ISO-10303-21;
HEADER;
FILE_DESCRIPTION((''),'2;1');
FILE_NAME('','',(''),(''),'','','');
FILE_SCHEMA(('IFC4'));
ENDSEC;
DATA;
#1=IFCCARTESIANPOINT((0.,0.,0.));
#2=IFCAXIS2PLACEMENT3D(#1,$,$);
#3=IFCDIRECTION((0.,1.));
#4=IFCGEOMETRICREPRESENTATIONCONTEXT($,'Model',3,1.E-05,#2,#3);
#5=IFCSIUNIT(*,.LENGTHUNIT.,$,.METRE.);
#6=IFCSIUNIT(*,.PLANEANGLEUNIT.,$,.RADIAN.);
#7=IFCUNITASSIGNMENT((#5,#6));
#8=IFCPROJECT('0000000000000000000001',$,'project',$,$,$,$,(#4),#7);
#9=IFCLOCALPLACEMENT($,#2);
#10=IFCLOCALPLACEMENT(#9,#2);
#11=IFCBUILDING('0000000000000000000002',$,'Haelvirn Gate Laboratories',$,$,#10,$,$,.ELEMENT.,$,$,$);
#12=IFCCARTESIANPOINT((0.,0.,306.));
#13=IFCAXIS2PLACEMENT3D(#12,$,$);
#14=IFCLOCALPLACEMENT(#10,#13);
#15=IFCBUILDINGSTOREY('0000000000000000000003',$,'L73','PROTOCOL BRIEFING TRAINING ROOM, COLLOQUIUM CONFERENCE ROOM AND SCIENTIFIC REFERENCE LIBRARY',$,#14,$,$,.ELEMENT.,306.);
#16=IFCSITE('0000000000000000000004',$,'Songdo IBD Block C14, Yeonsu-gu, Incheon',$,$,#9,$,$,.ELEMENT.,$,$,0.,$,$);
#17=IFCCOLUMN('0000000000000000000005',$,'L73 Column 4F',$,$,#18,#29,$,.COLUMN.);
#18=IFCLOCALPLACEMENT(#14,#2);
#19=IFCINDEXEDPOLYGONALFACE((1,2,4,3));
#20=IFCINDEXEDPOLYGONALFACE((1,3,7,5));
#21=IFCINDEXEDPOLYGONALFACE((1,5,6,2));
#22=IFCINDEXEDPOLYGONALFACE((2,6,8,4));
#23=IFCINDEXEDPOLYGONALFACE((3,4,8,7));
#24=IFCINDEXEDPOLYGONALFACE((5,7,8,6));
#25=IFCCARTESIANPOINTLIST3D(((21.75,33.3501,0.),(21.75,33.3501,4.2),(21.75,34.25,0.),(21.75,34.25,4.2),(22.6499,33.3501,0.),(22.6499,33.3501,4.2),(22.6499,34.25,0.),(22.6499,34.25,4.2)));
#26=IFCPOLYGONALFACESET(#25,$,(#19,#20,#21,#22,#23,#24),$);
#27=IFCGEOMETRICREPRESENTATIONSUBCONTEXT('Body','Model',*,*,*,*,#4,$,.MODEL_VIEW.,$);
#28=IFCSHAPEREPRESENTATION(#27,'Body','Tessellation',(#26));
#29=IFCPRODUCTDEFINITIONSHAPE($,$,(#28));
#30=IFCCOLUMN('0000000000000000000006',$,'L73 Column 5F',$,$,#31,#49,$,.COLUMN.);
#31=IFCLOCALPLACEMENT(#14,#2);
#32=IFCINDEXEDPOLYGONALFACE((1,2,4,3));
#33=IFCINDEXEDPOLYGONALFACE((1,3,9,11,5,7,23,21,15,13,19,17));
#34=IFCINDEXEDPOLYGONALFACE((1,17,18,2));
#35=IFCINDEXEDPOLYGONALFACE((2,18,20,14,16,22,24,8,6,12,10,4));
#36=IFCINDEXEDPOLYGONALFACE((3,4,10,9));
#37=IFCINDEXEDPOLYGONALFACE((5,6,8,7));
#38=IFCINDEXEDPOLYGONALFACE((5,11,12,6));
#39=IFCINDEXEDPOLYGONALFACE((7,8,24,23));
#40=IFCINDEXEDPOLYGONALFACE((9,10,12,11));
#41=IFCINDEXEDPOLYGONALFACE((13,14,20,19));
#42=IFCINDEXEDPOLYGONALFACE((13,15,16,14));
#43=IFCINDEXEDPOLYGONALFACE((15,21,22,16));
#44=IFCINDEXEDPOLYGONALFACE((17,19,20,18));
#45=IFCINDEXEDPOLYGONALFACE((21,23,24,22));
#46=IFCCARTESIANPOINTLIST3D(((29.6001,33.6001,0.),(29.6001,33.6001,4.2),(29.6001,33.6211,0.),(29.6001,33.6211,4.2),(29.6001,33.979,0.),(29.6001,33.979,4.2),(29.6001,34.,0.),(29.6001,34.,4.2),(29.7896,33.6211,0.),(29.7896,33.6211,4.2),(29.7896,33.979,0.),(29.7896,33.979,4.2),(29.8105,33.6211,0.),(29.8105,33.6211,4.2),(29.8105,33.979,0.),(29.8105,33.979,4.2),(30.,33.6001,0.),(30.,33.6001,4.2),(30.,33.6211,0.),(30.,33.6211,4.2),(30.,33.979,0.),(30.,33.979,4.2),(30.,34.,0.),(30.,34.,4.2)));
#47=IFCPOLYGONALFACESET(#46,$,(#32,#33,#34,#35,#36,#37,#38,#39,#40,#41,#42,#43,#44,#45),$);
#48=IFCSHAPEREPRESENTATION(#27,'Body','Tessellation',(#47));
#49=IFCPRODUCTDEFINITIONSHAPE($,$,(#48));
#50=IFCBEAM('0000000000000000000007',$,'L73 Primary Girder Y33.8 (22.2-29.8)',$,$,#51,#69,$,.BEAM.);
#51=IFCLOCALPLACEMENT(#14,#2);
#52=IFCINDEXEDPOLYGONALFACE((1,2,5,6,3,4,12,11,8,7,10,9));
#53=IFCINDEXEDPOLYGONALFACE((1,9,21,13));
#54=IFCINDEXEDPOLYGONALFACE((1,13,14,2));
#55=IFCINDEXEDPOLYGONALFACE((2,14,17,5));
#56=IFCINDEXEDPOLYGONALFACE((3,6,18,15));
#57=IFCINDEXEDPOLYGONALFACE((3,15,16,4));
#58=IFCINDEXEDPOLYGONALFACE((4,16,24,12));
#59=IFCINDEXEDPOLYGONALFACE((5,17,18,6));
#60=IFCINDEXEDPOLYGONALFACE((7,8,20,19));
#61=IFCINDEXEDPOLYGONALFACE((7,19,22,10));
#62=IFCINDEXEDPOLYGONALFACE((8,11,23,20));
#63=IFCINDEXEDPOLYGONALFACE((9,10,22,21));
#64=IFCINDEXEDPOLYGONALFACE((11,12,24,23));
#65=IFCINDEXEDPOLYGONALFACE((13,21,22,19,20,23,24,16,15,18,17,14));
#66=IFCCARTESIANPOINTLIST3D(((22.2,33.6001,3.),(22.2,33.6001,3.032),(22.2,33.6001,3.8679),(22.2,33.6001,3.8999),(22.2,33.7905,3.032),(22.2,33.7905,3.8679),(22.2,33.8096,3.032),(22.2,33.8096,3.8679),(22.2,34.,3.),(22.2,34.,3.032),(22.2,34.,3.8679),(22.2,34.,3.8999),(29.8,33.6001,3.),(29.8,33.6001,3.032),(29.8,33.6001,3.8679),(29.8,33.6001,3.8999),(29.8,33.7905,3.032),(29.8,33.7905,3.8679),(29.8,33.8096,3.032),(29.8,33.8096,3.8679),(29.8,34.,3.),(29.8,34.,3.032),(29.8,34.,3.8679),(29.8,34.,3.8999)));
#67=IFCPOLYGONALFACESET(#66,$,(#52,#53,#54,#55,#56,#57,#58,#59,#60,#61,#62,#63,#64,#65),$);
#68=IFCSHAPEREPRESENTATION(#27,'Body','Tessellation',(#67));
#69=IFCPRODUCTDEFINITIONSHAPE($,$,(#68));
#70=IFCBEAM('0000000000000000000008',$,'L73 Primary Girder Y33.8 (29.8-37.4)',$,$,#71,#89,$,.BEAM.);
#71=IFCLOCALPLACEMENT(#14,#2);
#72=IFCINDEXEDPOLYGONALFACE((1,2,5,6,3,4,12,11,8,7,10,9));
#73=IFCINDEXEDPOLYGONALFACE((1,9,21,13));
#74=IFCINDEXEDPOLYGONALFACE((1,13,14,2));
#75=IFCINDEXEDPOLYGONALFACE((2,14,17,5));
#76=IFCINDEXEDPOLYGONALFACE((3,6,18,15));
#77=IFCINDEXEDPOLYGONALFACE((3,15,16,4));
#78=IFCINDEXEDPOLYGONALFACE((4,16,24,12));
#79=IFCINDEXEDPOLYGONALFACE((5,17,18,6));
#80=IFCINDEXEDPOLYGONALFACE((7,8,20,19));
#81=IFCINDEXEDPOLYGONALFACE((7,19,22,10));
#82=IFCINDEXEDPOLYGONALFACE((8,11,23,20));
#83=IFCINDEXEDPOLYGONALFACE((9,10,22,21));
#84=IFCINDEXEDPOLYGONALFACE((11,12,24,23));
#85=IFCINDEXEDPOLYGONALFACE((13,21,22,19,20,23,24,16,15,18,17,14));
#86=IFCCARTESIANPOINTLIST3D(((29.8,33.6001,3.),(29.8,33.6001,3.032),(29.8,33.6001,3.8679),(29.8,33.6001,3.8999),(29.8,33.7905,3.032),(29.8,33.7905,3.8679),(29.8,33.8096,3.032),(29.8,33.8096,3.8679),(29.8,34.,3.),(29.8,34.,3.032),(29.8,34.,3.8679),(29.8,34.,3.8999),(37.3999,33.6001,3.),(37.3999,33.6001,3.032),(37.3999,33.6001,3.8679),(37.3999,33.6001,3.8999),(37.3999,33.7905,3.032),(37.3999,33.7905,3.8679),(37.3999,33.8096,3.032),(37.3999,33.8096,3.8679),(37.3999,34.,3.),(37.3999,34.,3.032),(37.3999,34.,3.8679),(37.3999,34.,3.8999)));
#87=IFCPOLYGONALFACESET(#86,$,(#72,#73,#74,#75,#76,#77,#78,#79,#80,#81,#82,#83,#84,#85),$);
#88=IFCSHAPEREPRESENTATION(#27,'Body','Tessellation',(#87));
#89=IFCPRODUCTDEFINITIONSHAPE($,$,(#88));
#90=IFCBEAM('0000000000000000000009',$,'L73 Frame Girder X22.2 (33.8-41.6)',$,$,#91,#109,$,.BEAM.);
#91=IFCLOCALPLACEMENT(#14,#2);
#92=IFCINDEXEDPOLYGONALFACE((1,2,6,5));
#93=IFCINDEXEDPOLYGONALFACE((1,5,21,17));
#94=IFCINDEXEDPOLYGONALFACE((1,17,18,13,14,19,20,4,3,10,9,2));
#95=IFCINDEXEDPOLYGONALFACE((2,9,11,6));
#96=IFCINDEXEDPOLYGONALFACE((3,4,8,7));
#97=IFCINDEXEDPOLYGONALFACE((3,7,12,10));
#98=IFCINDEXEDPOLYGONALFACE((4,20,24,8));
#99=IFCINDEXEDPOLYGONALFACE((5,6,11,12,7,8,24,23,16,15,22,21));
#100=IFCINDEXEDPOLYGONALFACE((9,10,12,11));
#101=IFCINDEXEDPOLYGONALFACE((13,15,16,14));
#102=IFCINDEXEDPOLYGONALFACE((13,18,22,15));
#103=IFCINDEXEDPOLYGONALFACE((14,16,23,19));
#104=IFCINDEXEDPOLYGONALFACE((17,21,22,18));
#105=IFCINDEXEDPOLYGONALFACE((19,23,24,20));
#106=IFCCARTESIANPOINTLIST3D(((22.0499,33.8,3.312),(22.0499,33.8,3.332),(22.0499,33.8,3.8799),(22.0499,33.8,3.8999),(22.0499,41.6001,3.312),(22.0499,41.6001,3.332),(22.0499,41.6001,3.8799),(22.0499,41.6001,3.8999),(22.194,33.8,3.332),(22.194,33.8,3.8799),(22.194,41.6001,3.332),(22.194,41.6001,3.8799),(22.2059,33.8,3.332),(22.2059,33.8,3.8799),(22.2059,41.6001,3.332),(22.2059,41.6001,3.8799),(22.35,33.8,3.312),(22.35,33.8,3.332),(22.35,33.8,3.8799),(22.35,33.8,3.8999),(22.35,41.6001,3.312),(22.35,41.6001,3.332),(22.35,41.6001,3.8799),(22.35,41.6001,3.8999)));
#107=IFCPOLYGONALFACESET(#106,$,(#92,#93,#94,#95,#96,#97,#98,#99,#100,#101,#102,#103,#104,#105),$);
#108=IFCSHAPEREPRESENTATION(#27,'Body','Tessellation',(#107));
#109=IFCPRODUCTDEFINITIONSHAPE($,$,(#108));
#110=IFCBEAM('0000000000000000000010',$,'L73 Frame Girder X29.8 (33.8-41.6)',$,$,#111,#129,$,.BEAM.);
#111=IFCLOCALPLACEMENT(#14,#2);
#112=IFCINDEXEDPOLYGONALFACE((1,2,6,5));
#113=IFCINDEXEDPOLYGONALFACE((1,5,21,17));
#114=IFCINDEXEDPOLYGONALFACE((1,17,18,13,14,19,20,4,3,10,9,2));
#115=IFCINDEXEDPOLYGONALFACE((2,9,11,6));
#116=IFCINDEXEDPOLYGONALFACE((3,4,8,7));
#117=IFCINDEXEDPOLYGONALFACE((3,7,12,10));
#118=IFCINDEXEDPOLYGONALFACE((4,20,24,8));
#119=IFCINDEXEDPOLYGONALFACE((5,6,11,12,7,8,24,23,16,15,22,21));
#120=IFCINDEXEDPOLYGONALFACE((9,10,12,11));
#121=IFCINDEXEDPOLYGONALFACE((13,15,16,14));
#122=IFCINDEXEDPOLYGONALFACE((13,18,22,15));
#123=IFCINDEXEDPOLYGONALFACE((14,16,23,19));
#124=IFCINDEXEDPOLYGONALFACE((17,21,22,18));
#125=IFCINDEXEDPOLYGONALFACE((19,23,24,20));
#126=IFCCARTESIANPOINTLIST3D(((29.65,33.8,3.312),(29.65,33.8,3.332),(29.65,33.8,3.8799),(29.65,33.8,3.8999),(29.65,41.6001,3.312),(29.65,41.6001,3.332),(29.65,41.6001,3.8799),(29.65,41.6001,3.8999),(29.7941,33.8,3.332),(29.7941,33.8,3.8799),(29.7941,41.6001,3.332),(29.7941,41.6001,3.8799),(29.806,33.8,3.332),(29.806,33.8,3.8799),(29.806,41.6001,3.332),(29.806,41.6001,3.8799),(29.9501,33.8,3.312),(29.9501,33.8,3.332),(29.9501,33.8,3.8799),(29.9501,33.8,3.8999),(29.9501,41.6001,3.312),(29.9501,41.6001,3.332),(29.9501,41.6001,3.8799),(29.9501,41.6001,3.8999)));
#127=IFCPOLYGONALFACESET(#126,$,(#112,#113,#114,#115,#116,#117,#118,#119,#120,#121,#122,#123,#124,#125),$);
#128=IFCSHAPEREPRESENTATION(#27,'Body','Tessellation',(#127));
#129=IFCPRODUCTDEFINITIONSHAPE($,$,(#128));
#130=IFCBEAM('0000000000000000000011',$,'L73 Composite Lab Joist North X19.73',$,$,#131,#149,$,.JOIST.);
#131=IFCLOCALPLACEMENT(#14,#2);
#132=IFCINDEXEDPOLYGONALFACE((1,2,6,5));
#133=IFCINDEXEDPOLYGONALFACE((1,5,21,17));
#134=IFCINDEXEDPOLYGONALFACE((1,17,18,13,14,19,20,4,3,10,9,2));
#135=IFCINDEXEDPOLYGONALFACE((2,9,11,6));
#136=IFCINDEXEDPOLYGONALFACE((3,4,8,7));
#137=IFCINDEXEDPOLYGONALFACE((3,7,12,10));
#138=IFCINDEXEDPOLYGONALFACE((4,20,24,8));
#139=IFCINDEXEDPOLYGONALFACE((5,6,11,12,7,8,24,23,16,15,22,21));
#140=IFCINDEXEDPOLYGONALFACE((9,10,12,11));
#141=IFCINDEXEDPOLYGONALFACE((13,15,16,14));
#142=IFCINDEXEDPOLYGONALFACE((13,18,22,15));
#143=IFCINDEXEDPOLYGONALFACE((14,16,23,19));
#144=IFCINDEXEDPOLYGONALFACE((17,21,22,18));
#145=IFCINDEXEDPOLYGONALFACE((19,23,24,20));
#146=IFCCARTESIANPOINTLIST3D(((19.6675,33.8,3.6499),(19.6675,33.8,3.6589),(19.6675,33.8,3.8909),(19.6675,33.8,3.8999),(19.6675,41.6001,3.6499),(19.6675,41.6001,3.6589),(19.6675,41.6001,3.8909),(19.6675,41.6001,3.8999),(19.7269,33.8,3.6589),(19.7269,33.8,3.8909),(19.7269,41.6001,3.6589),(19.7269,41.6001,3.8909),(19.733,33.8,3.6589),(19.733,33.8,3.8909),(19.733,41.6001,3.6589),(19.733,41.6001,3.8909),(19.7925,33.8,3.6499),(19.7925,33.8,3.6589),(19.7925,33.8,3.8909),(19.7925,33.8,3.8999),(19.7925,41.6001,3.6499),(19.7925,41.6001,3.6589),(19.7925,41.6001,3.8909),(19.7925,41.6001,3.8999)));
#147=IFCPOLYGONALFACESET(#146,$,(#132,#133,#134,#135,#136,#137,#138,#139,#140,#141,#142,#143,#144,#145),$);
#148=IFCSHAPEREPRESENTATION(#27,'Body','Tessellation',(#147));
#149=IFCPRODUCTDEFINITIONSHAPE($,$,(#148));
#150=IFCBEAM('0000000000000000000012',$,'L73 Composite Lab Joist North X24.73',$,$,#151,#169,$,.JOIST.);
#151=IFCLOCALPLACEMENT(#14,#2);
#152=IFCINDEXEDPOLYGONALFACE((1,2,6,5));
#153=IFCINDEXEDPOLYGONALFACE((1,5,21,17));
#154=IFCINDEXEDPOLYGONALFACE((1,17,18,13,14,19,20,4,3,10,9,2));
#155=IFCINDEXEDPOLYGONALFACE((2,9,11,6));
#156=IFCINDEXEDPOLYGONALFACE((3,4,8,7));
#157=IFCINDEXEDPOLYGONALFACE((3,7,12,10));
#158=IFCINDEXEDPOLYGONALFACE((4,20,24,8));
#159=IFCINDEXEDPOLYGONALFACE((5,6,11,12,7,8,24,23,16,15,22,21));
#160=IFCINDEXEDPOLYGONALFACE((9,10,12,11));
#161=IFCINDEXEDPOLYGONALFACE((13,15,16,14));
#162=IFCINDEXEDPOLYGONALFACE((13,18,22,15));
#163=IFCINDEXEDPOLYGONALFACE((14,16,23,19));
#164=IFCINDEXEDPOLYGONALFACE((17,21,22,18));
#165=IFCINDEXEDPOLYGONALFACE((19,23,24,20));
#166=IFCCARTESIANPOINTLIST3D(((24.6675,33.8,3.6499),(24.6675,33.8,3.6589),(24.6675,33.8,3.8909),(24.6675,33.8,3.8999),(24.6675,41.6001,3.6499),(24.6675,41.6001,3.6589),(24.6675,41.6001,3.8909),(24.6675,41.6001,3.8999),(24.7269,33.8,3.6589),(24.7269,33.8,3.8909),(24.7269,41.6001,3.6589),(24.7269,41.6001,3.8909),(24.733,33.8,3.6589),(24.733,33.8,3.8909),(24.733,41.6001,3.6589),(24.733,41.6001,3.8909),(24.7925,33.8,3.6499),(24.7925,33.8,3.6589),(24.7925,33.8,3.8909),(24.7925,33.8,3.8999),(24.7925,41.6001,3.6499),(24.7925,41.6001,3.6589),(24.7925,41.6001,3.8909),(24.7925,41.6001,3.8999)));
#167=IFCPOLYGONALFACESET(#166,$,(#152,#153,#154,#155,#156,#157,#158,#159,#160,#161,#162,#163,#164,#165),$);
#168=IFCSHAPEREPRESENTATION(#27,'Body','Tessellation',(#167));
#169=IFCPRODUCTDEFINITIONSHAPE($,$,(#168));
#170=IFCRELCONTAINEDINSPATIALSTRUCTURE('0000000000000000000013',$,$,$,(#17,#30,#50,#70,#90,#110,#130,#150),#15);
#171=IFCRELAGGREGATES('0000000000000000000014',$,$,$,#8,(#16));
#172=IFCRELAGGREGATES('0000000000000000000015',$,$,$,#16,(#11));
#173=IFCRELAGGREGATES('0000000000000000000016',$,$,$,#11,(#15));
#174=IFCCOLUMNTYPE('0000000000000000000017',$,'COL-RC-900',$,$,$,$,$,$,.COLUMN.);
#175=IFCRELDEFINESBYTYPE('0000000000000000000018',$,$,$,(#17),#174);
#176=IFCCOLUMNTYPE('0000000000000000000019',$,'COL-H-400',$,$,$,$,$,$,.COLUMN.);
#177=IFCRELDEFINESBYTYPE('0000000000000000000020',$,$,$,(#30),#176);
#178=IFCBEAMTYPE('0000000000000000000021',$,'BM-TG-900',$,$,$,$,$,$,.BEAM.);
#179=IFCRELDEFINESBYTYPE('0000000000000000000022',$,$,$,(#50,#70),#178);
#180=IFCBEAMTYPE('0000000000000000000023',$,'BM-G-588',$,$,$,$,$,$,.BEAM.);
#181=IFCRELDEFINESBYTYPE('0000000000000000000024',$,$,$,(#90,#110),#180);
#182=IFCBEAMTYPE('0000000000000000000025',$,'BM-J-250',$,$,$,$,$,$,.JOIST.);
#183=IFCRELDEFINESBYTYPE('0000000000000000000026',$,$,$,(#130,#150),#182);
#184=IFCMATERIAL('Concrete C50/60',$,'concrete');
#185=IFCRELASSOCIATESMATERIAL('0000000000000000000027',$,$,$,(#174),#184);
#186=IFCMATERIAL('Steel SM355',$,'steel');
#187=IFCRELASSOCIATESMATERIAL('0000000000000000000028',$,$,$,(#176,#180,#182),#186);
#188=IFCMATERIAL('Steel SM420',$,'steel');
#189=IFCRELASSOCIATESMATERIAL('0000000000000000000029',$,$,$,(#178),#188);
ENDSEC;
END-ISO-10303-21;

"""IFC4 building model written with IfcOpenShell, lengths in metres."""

from ifc_helpers import new_model, si_unit, direction, frame, origin, origin_2d, place, context, subcontext, project, spatial, rectangle, i_section, extrude, source, transform, mapped, material, material_profile, profile_set, type_object, type_shapes, element, save


model = new_model("IFC4")

# Units and contexts
model_context = context("Model", 3, precision=1e-05, world=origin(), true_north=direction((0.0, 1.0)))
body_context = subcontext(model_context, "Body", "Model", "MODEL_VIEW")
ifc_project = project(units=[si_unit("LENGTHUNIT", "METRE"), si_unit("PLANEANGLEUNIT", "RADIAN")], contexts=[model_context])

# Site, building, storey
site_placement = place(None, origin())
site = spatial("IfcSite", under=ifc_project, at=site_placement, Name="Songdo IBD Block C14, Yeonsu-gu, Incheon", CompositionType="ELEMENT", RefElevation=0.0)
building_placement = place(site_placement, origin())
building = spatial("IfcBuilding", under=site, at=building_placement, Name="Haelvirn Gate Laboratories", CompositionType="ELEMENT")
storey_placement = place(building_placement, frame((0.0, 0.0, 306.0)))
storey = spatial("IfcBuildingStorey", under=building, at=storey_placement, Name="L73", Description="PROTOCOL BRIEFING TRAINING ROOM, COLLOQUIUM CONFERENCE ROOM AND SCIENTIFIC REFERENCE LIBRARY", CompositionType="ELEMENT", Elevation=306.0)

# Columns
ifc_material_1 = material(Name="Concrete C50/60", Category="concrete")
ifc_material_profile_1 = material_profile(ifc_material_1, rectangle(XDim=0.8999, YDim=0.8999, at=origin_2d()), Name="RC-900x900")
ifc_profile_set_1 = profile_set([ifc_material_profile_1], Name="Concrete C50/60")
column_type_1 = type_object("IfcColumnType", Name="COL-RC-900", PredefinedType="COLUMN", material=ifc_profile_set_1)
shared_shape_1 = source(origin(), body_context, "Body", "SweptSolid", [
    extrude(rectangle(XDim=0.8999, YDim=0.8999, at=origin_2d()), origin(), (0.0, 0.0, 1.0), 4.2),
])
type_shapes(column_type_1, [shared_shape_1])
column_1_placement = place(storey_placement, frame((22.2, 33.8, 0.0), z_axis=(0.0, 0.0, 1.0), x_axis=(1.0, 0.0, 0.0)))
element("IfcColumn", 1, at=column_1_placement, inside=storey, type_object=column_type_1, Name="L73 Column 4F", PredefinedType="COLUMN", context=body_context, shape_type="MappedRepresentation", body=[
    mapped(shared_shape_1, transform((0.0, 0.0, 0.0), scale=1.0)),
])
ifc_material_2 = material(Name="Steel SM355", Category="steel")
ifc_material_profile_2 = material_profile(ifc_material_2, i_section(OverallWidth=0.3999, OverallDepth=0.3999, WebThickness=0.021, FlangeThickness=0.021, at=origin_2d()), Name="H-400x400x21x21")
ifc_profile_set_2 = profile_set([ifc_material_profile_2], Name="Steel SM355")
column_type_2 = type_object("IfcColumnType", Name="COL-H-400", PredefinedType="COLUMN", material=ifc_profile_set_2)
shared_shape_2 = source(origin(), body_context, "Body", "SweptSolid", [
    extrude(i_section(OverallWidth=0.3999, OverallDepth=0.3999, WebThickness=0.021, FlangeThickness=0.021, at=origin_2d()), origin(), (0.0, 0.0, 1.0), 4.2),
])
type_shapes(column_type_2, [shared_shape_2])
column_2_placement = place(storey_placement, frame((29.8, 33.8, 0.0), z_axis=(0.0, 0.0, 1.0), x_axis=(1.0, 0.0, 0.0)))
element("IfcColumn", 2, at=column_2_placement, inside=storey, type_object=column_type_2, Name="L73 Column 5F", PredefinedType="COLUMN", context=body_context, shape_type="MappedRepresentation", body=[
    mapped(shared_shape_2, transform((0.0, 0.0, 0.0), scale=1.0)),
])

# Beams
ifc_material_3 = material(Name="Steel SM420", Category="steel")
ifc_material_profile_3 = material_profile(ifc_material_3, i_section(OverallWidth=0.3999, OverallDepth=0.8999, WebThickness=0.019, FlangeThickness=0.032, at=origin_2d()), Name="H-900x400x19x32")
ifc_profile_set_3 = profile_set([ifc_material_profile_3], Name="Steel SM420")
beam_type_1 = type_object("IfcBeamType", Name="BM-TG-900", PredefinedType="BEAM", material=ifc_profile_set_3)
shared_shape_3 = source(origin(), body_context, "Body", "SweptSolid", [
    extrude(i_section(OverallWidth=0.3999, OverallDepth=0.8999, WebThickness=0.019, FlangeThickness=0.032, at=origin_2d()), origin(), (0.0, 0.0, 1.0), 7.6001),
])
beam_1_placement = place(storey_placement, frame((22.2, 33.8, 3.45), z_axis=(1.0, 0.0, 0.0), x_axis=(0.0, 1.0, 0.0)))
element("IfcBeam", 3, at=beam_1_placement, inside=storey, type_object=beam_type_1, Name="L73 Primary Girder Y33.8 (22.2-29.8)", PredefinedType="BEAM", context=body_context, shape_type="MappedRepresentation", body=[
    mapped(shared_shape_3, transform((0.0, 0.0, 0.0), scale=1.0)),
])
shared_shape_4 = source(origin(), body_context, "Body", "SweptSolid", [
    extrude(i_section(OverallWidth=0.3999, OverallDepth=0.8999, WebThickness=0.019, FlangeThickness=0.032, at=origin_2d()), origin(), (0.0, 0.0, 1.0), 7.5999),
])
type_shapes(beam_type_1, [shared_shape_3, shared_shape_4])
beam_2_placement = place(storey_placement, frame((29.8, 33.8, 3.45), z_axis=(1.0, 0.0, 0.0), x_axis=(0.0, 1.0, 0.0)))
element("IfcBeam", 4, at=beam_2_placement, inside=storey, type_object=beam_type_1, Name="L73 Primary Girder Y33.8 (29.8-37.4)", PredefinedType="BEAM", context=body_context, shape_type="MappedRepresentation", body=[
    mapped(shared_shape_4, transform((0.0, 0.0, 0.0), scale=1.0)),
])
ifc_material_profile_4 = material_profile(ifc_material_2, i_section(OverallWidth=0.3, OverallDepth=0.5879, WebThickness=0.012, FlangeThickness=0.02, at=origin_2d()), Name="H-588x300x12x20")
ifc_profile_set_4 = profile_set([ifc_material_profile_4], Name="Steel SM355")
beam_type_2 = type_object("IfcBeamType", Name="BM-G-588", PredefinedType="BEAM", material=ifc_profile_set_4)
shared_shape_5 = source(origin(), body_context, "Body", "SweptSolid", [
    extrude(i_section(OverallWidth=0.3, OverallDepth=0.5879, WebThickness=0.012, FlangeThickness=0.02, at=origin_2d()), origin(), (0.0, 0.0, 1.0), 7.8),
])
type_shapes(beam_type_2, [shared_shape_5])
for number, where, z_axis, x_axis, name in (
    (5, (22.2, 33.8, 3.606), (0.0, 1.0, 0.0), (-1.0, 0.0, 0.0), "L73 Frame Girder X22.2 (33.8-41.6)"),
    (6, (29.8, 33.8, 3.606), (0.0, 1.0, 0.0), (-1.0, 0.0, 0.0), "L73 Frame Girder X29.8 (33.8-41.6)"),
):
    element("IfcBeam", number, at=place(storey_placement, frame(where, z_axis=z_axis, x_axis=x_axis)), inside=storey, type_object=beam_type_2, Name=name, PredefinedType="BEAM", context=body_context, shape_type="MappedRepresentation", body=[
        mapped(shared_shape_5, transform((0.0, 0.0, 0.0), scale=1.0)),
    ])
ifc_material_profile_5 = material_profile(ifc_material_2, i_section(OverallWidth=0.125, OverallDepth=0.25, WebThickness=0.0061, FlangeThickness=0.009, at=origin_2d()), Name="H-250x125x6x9")
ifc_profile_set_5 = profile_set([ifc_material_profile_5], Name="Steel SM355")
beam_type_3 = type_object("IfcBeamType", Name="BM-J-250", PredefinedType="JOIST", material=ifc_profile_set_5)
shared_shape_6 = source(origin(), body_context, "Body", "SweptSolid", [
    extrude(i_section(OverallWidth=0.125, OverallDepth=0.25, WebThickness=0.0061, FlangeThickness=0.009, at=origin_2d()), origin(), (0.0, 0.0, 1.0), 7.8),
])
type_shapes(beam_type_3, [shared_shape_6])
for number, where, z_axis, x_axis, name in (
    (7, (19.73, 33.8, 3.7749), (0.0, 1.0, 0.0), (-1.0, 0.0, 0.0), "L73 Composite Lab Joist North X19.73"),
    (8, (24.73, 33.8, 3.7749), (0.0, 1.0, 0.0), (-1.0, 0.0, 0.0), "L73 Composite Lab Joist North X24.73"),
):
    element("IfcBeam", number, at=place(storey_placement, frame(where, z_axis=z_axis, x_axis=x_axis)), inside=storey, type_object=beam_type_3, Name=name, PredefinedType="JOIST", context=body_context, shape_type="MappedRepresentation", body=[
        mapped(shared_shape_6, transform((0.0, 0.0, 0.0), scale=1.0)),
    ])

save(model, "model.ifc")
